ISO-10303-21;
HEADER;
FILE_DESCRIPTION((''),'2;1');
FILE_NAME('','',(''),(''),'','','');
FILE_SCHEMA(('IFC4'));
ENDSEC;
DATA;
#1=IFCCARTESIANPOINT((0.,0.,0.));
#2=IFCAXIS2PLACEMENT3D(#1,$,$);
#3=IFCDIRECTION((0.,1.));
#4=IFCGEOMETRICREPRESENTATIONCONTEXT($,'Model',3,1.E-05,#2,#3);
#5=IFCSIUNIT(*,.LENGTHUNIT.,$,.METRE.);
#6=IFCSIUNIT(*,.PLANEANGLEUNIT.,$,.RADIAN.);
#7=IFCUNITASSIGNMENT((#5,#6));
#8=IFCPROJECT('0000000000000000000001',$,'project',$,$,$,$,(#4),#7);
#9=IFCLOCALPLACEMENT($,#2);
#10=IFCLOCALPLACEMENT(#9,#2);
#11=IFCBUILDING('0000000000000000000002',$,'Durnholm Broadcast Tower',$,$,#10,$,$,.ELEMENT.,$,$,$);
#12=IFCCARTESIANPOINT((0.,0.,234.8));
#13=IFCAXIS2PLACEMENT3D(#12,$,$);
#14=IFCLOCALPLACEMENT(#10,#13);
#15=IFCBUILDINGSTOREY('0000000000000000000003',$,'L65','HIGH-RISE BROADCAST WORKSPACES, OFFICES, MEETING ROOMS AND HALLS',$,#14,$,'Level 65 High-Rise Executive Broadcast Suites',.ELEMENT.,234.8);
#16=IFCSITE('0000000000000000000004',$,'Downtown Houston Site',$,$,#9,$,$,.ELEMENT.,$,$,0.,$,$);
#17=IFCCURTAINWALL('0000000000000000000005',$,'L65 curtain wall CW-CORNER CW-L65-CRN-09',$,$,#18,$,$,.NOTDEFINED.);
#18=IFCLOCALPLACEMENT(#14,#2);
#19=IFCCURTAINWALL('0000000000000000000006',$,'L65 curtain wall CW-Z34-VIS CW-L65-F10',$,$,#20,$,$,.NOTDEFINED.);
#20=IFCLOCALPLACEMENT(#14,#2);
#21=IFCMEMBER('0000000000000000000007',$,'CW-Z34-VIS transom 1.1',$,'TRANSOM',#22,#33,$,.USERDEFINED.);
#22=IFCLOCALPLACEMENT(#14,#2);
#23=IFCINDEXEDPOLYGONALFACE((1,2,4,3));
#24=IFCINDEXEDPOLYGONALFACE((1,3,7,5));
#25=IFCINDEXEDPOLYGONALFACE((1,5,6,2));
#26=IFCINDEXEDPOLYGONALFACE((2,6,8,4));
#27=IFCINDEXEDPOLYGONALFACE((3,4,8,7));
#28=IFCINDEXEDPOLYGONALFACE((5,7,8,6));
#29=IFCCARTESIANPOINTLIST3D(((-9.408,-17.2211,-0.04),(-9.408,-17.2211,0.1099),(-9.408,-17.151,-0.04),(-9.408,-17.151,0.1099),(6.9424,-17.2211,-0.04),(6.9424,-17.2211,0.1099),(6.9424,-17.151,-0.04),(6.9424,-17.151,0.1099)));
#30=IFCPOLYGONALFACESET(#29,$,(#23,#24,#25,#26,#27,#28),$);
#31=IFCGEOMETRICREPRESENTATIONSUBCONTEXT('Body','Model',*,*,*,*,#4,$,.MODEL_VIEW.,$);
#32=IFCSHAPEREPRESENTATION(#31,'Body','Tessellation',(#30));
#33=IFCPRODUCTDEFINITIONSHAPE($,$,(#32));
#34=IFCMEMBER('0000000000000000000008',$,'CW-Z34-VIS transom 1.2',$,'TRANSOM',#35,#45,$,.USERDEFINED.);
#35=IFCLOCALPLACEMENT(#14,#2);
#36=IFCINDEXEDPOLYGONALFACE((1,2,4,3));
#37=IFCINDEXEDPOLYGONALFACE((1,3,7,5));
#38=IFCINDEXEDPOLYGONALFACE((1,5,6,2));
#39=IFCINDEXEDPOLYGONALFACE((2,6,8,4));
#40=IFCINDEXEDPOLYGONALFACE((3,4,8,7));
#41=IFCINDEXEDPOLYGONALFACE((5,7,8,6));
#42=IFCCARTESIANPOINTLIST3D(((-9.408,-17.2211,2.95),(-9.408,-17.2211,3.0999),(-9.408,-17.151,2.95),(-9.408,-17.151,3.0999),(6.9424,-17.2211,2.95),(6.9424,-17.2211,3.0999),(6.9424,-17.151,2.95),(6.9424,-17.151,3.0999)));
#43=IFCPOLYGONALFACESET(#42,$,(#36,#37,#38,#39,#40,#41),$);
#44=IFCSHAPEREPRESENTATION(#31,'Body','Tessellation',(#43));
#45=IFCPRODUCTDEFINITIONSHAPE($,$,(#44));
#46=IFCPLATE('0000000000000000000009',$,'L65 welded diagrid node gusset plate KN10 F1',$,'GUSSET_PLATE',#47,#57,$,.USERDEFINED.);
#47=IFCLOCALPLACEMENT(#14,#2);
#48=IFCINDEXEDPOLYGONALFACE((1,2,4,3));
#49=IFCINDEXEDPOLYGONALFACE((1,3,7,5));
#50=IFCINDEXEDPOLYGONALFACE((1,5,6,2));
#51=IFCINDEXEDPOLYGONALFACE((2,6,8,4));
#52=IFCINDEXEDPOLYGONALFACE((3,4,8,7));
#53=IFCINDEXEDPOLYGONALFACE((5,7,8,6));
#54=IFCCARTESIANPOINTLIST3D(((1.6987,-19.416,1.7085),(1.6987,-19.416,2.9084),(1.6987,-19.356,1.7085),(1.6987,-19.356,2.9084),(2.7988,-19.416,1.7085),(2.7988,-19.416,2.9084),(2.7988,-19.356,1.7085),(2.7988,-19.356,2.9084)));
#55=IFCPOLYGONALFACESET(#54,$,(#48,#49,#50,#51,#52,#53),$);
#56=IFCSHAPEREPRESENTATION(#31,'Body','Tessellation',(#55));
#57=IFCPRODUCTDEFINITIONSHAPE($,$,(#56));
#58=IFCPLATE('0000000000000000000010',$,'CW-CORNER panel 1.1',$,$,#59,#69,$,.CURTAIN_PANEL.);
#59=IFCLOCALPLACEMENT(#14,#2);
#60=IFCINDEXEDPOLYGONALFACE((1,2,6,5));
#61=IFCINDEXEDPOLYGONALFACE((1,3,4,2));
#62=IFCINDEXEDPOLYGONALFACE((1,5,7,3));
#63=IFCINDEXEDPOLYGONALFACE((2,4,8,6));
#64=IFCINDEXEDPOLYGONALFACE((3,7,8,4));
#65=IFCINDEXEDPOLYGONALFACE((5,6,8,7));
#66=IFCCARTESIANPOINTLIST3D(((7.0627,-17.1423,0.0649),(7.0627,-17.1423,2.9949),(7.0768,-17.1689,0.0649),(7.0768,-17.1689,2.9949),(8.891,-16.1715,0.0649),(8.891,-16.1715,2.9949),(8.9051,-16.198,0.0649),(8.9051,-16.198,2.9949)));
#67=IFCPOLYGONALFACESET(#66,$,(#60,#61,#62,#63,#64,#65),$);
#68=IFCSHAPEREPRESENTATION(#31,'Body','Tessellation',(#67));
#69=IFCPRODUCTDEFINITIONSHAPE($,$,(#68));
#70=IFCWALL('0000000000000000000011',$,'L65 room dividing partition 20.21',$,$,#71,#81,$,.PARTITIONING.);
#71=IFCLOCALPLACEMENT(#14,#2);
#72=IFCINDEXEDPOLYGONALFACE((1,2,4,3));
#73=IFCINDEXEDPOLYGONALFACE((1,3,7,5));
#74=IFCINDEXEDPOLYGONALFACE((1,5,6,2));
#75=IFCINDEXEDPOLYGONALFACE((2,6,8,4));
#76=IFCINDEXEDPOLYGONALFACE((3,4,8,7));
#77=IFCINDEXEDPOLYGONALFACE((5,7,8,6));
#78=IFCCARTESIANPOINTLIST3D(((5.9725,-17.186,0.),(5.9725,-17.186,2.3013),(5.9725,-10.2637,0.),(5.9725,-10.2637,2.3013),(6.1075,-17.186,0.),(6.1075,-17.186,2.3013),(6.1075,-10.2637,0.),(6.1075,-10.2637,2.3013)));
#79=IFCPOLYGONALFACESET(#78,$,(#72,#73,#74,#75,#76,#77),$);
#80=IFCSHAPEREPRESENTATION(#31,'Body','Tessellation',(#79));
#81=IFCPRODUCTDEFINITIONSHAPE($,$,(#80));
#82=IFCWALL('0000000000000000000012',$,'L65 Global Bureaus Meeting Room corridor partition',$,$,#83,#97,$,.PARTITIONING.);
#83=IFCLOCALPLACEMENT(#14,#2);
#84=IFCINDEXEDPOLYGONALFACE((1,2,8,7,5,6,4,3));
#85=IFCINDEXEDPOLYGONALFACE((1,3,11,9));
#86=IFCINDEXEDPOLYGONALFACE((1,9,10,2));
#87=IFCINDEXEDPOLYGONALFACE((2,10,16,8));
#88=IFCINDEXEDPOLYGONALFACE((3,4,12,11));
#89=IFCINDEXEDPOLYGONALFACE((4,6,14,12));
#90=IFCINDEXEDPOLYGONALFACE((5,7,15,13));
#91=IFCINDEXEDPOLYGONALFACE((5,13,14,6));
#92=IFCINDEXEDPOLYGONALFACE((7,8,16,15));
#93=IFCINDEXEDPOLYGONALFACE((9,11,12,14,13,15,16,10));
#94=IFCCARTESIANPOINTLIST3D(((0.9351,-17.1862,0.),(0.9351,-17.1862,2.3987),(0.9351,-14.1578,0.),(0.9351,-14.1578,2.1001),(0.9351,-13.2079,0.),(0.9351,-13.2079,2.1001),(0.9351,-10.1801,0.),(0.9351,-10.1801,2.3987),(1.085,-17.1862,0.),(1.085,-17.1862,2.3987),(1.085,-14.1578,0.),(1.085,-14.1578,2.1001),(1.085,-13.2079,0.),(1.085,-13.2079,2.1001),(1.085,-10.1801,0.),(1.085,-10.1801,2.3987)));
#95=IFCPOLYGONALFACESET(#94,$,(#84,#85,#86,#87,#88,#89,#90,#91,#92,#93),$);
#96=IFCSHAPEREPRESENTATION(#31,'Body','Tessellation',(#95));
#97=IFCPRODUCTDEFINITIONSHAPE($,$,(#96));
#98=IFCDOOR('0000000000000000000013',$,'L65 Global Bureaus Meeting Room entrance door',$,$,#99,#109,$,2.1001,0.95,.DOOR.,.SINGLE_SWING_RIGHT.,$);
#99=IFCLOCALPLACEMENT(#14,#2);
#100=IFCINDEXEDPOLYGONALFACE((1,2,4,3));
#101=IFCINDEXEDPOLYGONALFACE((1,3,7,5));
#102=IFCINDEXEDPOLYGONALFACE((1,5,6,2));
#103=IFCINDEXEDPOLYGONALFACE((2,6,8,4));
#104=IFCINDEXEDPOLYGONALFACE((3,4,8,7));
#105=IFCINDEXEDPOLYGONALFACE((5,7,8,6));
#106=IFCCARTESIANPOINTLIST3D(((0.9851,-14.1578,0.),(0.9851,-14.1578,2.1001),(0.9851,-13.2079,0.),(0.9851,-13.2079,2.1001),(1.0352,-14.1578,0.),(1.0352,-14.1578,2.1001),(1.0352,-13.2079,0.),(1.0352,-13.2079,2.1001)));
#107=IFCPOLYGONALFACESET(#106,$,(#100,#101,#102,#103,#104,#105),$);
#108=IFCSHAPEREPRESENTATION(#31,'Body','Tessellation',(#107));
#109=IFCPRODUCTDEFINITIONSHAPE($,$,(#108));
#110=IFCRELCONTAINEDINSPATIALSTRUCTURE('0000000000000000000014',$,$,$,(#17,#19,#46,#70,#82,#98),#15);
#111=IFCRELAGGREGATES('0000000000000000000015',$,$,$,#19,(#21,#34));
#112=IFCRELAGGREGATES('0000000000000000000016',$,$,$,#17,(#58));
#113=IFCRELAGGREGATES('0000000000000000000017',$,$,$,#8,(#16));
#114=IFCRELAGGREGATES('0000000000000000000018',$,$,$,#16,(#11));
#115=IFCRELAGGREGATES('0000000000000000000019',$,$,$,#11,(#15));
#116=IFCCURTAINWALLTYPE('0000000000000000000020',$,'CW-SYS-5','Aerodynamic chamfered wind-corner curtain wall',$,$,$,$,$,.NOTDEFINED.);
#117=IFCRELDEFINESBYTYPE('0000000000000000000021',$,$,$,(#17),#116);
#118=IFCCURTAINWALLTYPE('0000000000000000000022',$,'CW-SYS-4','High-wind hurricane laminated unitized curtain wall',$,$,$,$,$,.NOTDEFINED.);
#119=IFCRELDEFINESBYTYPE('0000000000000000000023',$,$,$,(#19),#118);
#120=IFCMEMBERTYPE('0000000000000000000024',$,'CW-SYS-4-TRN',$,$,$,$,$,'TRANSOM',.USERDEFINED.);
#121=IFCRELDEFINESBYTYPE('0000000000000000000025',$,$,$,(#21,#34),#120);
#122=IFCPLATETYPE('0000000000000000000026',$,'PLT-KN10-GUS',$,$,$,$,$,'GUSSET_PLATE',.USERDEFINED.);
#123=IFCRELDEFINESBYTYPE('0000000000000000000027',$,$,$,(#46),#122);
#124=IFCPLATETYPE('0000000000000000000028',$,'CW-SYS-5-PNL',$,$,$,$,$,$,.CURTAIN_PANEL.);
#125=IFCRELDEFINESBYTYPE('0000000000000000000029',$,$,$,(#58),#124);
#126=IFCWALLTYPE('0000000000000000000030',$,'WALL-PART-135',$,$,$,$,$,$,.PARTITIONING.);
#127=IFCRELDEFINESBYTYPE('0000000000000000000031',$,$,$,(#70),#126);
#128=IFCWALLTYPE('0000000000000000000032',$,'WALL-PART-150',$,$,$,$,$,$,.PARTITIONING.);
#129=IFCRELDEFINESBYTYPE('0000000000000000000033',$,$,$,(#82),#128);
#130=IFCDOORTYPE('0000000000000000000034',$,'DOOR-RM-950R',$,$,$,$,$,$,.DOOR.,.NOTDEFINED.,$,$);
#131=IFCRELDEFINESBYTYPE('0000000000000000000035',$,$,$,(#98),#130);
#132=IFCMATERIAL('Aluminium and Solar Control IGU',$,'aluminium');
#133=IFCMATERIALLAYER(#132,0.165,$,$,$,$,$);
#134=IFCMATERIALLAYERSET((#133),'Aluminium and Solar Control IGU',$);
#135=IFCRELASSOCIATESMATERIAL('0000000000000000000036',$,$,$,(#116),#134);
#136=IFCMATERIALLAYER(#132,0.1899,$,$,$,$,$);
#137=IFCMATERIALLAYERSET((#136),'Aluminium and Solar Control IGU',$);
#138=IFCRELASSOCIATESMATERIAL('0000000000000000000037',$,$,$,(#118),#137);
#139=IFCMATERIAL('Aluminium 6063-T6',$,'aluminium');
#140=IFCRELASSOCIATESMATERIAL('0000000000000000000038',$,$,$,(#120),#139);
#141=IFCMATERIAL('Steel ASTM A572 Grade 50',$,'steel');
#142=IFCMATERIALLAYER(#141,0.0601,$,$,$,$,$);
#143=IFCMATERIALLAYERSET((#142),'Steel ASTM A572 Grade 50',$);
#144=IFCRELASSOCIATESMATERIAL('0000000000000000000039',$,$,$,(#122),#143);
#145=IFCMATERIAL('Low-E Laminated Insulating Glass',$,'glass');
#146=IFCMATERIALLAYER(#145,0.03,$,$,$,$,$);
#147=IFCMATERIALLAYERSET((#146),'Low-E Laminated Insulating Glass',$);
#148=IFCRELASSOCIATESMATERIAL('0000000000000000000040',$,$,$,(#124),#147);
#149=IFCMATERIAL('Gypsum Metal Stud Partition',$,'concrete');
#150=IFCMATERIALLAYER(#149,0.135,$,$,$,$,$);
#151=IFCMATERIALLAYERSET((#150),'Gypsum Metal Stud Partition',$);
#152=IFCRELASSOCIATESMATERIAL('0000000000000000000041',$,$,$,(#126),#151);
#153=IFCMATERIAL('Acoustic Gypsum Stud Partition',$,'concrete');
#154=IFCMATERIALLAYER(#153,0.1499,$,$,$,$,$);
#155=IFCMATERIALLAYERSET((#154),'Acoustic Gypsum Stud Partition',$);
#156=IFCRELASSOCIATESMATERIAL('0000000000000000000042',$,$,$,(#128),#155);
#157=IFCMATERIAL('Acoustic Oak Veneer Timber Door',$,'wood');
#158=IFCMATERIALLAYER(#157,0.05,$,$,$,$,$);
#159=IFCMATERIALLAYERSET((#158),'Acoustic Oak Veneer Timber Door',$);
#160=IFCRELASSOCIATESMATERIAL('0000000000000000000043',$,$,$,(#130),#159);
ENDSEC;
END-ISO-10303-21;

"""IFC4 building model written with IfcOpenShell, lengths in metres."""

from ifc_helpers import new_model, si_unit, direction, frame, frame_2d, origin, origin_2d, place, context, subcontext, project, spatial, rectangle, extrude, source, transform, mapped, material, layer, layer_set, material_profile, profile_set, type_object, type_shapes, element, fill, aggregate, save


model = new_model("IFC4")

# Units and contexts
model_context = context("Model", 3, precision=1e-05, world=origin(), true_north=direction((0.0, 1.0)))
body_context = subcontext(model_context, "Body", "Model", "MODEL_VIEW")
ifc_project = project(units=[si_unit("LENGTHUNIT", "METRE"), si_unit("PLANEANGLEUNIT", "RADIAN")], contexts=[model_context])

# Site, building, storey
site_placement = place(None, origin())
site = spatial("IfcSite", under=ifc_project, at=site_placement, Name="Downtown Houston Site", CompositionType="ELEMENT", RefElevation=0.0)
building_placement = place(site_placement, origin())
building = spatial("IfcBuilding", under=site, at=building_placement, Name="Durnholm Broadcast Tower", CompositionType="ELEMENT")
storey_placement = place(building_placement, frame((0.0, 0.0, 234.8)))
storey = spatial("IfcBuildingStorey", under=building, at=storey_placement, Name="L65", Description="HIGH-RISE BROADCAST WORKSPACES, OFFICES, MEETING ROOMS AND HALLS", LongName="Level 65 High-Rise Executive Broadcast Suites", CompositionType="ELEMENT", Elevation=234.8)

# Curtain wall
ifc_material_1 = material(Name="Aluminium and Solar Control IGU", Category="aluminium")
ifc_layer_1 = layer(ifc_material_1, 0.165)
ifc_layer_set_1 = layer_set([ifc_layer_1], Name="Aluminium and Solar Control IGU")
curtain_wall_type_1 = type_object("IfcCurtainWallType", Name="CW-SYS-5", Description="Aerodynamic chamfered wind-corner curtain wall", PredefinedType="NOTDEFINED", material=ifc_layer_set_1)
curtain_wall_1_placement = place(storey_placement, origin())
curtain_wall_1 = element("IfcCurtainWall", 1, at=curtain_wall_1_placement, inside=storey, type_object=curtain_wall_type_1, Name="L65 curtain wall CW-CORNER CW-L65-CRN-09", PredefinedType="NOTDEFINED")
ifc_material_2 = material(Name="Aluminium 6063-T6", Category="aluminium")

# Curtain wall, members
ifc_layer_2 = layer(ifc_material_1, 0.1899)
ifc_layer_set_2 = layer_set([ifc_layer_2], Name="Aluminium and Solar Control IGU")
curtain_wall_type_2 = type_object("IfcCurtainWallType", Name="CW-SYS-4", Description="High-wind hurricane laminated unitized curtain wall", PredefinedType="NOTDEFINED", material=ifc_layer_set_2)
curtain_wall_2_placement = place(storey_placement, origin())
curtain_wall_2 = element("IfcCurtainWall", 2, at=curtain_wall_2_placement, inside=storey, type_object=curtain_wall_type_2, Name="L65 curtain wall CW-Z34-VIS CW-L65-F10", PredefinedType="NOTDEFINED")
ifc_material_profile_1 = material_profile(ifc_material_2, rectangle(XDim=0.0701, YDim=0.1499, at=origin_2d()), Name="CWT70X150")
ifc_profile_set_1 = profile_set([ifc_material_profile_1], Name="Aluminium 6063-T6")
member_type_1 = type_object("IfcMemberType", Name="CW-SYS-4-TRN", ElementType="TRANSOM", PredefinedType="USERDEFINED", material=ifc_profile_set_1)
shared_shape_1 = source(origin(), body_context, "Body", "SweptSolid", [
    extrude(rectangle(XDim=0.0701, YDim=0.1499, at=origin_2d()), origin(), (0.0, 0.0, 1.0), 16.3503),
])
type_shapes(member_type_1, [shared_shape_1])
member_1_placement = place(storey_placement, frame((6.9424, -17.186, 0.0349), z_axis=(-1.0, 0.0, 0.0), x_axis=(0.0, -1.0, 0.0)))
member_1 = element("IfcMember", 3, at=member_1_placement, type_object=member_type_1, Name="CW-Z34-VIS transom 1.1", ObjectType="TRANSOM", PredefinedType="USERDEFINED", context=body_context, shape_type="MappedRepresentation", body=[
    mapped(shared_shape_1, transform((0.0, 0.0, 0.0), x_axis=(1.0, 0.0, 0.0), y_axis=(0.0, 1.0, 0.0), z_axis=(0.0, 0.0, 1.0), scale=1.0)),
])
member_2_placement = place(storey_placement, frame((6.9424, -17.186, 3.0249), z_axis=(-1.0, 0.0, 0.0), x_axis=(0.0, -1.0, 0.0)))
member_2 = element("IfcMember", 4, at=member_2_placement, type_object=member_type_1, Name="CW-Z34-VIS transom 1.2", ObjectType="TRANSOM", PredefinedType="USERDEFINED", context=body_context, shape_type="MappedRepresentation", body=[
    mapped(shared_shape_1, transform((0.0, 0.0, 0.0), x_axis=(1.0, 0.0, 0.0), y_axis=(0.0, 1.0, 0.0), z_axis=(0.0, 0.0, 1.0), scale=1.0)),
])
aggregate(curtain_wall_2, [member_1, member_2])

# Plates
ifc_material_3 = material(Name="Steel ASTM A572 Grade 50", Category="steel")
ifc_layer_3 = layer(ifc_material_3, 0.0601)
ifc_layer_set_3 = layer_set([ifc_layer_3], Name="Steel ASTM A572 Grade 50")
plate_type_1 = type_object("IfcPlateType", Name="PLT-KN10-GUS", ElementType="GUSSET_PLATE", PredefinedType="USERDEFINED", material=ifc_layer_set_3)
shared_shape_2 = source(origin(), body_context, "Body", "SweptSolid", [
    extrude(rectangle(XDim=1.1001, YDim=0.0601, at=origin_2d()), origin(), (0.0, 0.0, 1.0), 1.2),
])
type_shapes(plate_type_1, [shared_shape_2])
plate_1_placement = place(storey_placement, frame((2.2488, -19.386, 1.7085), z_axis=(0.0, 0.0, 1.0), x_axis=(1.0, 0.0, 0.0)))
element("IfcPlate", 5, at=plate_1_placement, inside=storey, type_object=plate_type_1, Name="L65 welded diagrid node gusset plate KN10 F1", ObjectType="GUSSET_PLATE", PredefinedType="USERDEFINED", context=body_context, shape_type="MappedRepresentation", body=[
    mapped(shared_shape_2, transform((0.0, 0.0, 0.0), x_axis=(1.0, 0.0, 0.0), y_axis=(0.0, 1.0, 0.0), z_axis=(0.0, 0.0, 1.0), scale=1.0)),
])
ifc_material_4 = material(Name="Low-E Laminated Insulating Glass", Category="glass")
ifc_layer_4 = layer(ifc_material_4, 0.03)
ifc_layer_set_4 = layer_set([ifc_layer_4], Name="Low-E Laminated Insulating Glass")
plate_type_2 = type_object("IfcPlateType", Name="CW-SYS-5-PNL", PredefinedType="CURTAIN_PANEL", material=ifc_layer_set_4)
shared_shape_3 = source(origin(), body_context, "Body", "SweptSolid", [
    extrude(rectangle(XDim=2.0701, YDim=0.03, at=origin_2d()), origin(), (0.0, 0.0, 1.0), 2.9299),
])
type_shapes(plate_type_2, [shared_shape_3])
plate_2_placement = place(storey_placement, frame((7.9839, -16.6702, 0.0649), z_axis=(0.0, 0.0, 1.0), x_axis=(-0.883195, -0.469007, 0.0)))
plate_2 = element("IfcPlate", 6, at=plate_2_placement, type_object=plate_type_2, Name="CW-CORNER panel 1.1", PredefinedType="CURTAIN_PANEL", context=body_context, shape_type="MappedRepresentation", body=[
    mapped(shared_shape_3, transform((0.0, 0.0, 0.0), x_axis=(1.0, 0.0, 0.0), y_axis=(0.0, 1.0, 0.0), z_axis=(0.0, 0.0, 1.0), scale=1.0)),
])
aggregate(curtain_wall_1, [plate_2])

# Wall
ifc_material_5 = material(Name="Gypsum Metal Stud Partition", Category="concrete")
ifc_layer_5 = layer(ifc_material_5, 0.135)
ifc_layer_set_5 = layer_set([ifc_layer_5], Name="Gypsum Metal Stud Partition")
wall_type_1 = type_object("IfcWallType", Name="WALL-PART-135", PredefinedType="PARTITIONING", material=ifc_layer_set_5)
wall_1_placement = place(storey_placement, frame((6.04, -10.2637, 0.0), z_axis=(0.0, 0.0, 1.0), x_axis=(0.0, -1.0, 0.0)))
element("IfcWall", 7, at=wall_1_placement, inside=storey, type_object=wall_type_1, Name="L65 room dividing partition 20.21", PredefinedType="PARTITIONING", context=body_context, shape_type="SweptSolid", body=[
    extrude(rectangle(XDim=6.9224, YDim=0.135, at=frame_2d((3.4612, 0.0))), origin(), (0.0, 0.0, 1.0), 2.3013),
])

# Wall, opening, door
ifc_material_6 = material(Name="Acoustic Gypsum Stud Partition", Category="concrete")
ifc_layer_6 = layer(ifc_material_6, 0.1499)
ifc_layer_set_6 = layer_set([ifc_layer_6], Name="Acoustic Gypsum Stud Partition")
wall_type_2 = type_object("IfcWallType", Name="WALL-PART-150", PredefinedType="PARTITIONING", material=ifc_layer_set_6)
wall_2_placement = place(storey_placement, frame((1.01, -17.186, 0.0), z_axis=(0.0, 0.0, 1.0), x_axis=(0.0, 1.0, 0.0)))
wall_2 = element("IfcWall", 8, at=wall_2_placement, inside=storey, type_object=wall_type_2, Name="L65 Global Bureaus Meeting Room corridor partition", PredefinedType="PARTITIONING", context=body_context, shape_type="SweptSolid", body=[
    extrude(rectangle(XDim=7.0061, YDim=0.1499, at=frame_2d((3.5029, 0.0))), origin(), (0.0, 0.0, 1.0), 2.3987),
])
opening_placement = place(wall_2_placement, frame((3.0281, 0.0, 0.0)))
opening = element("IfcOpeningElement", 9, at=opening_placement, cuts=wall_2, PredefinedType="OPENING", context=body_context, shape_type="SweptSolid", body=[
    extrude(rectangle(XDim=0.95, YDim=2.1001, at=frame_2d((0.4751, 1.05))), frame((0.0, 0.085, 0.0), z_axis=(0.0, -1.0, 0.0), x_axis=(1.0, 0.0, 0.0)), (0.0, 0.0, 1.0), 0.1699),
])
ifc_material_7 = material(Name="Acoustic Oak Veneer Timber Door", Category="wood")
ifc_layer_7 = layer(ifc_material_7, 0.05)
ifc_layer_set_7 = layer_set([ifc_layer_7], Name="Acoustic Oak Veneer Timber Door")
door_type = type_object("IfcDoorType", Name="DOOR-RM-950R", OperationType="NOTDEFINED", PredefinedType="DOOR", material=ifc_layer_set_7)
shared_shape_4 = source(origin(), body_context, "Body", "SweptSolid", [
    extrude(rectangle(XDim=0.95, YDim=2.1001, at=frame_2d((0.4751, 1.05))), frame((0.0, 0.0249, 0.0), z_axis=(0.0, -1.0, 0.0), x_axis=(1.0, 0.0, 0.0)), (0.0, 0.0, 1.0), 0.05),
])
type_shapes(door_type, [shared_shape_4])
door_placement = place(opening_placement, origin())
door = element("IfcDoor", 10, at=door_placement, inside=storey, type_object=door_type, Name="L65 Global Bureaus Meeting Room entrance door", OperationType="SINGLE_SWING_RIGHT", OverallHeight=2.1001, OverallWidth=0.95, PredefinedType="DOOR", context=body_context, shape_type="MappedRepresentation", body=[
    mapped(shared_shape_4, transform((0.0, 0.0, 0.0), x_axis=(1.0, 0.0, 0.0), y_axis=(0.0, 1.0, 0.0), z_axis=(0.0, 0.0, 1.0), scale=1.0)),
])
fill(opening, door)

save(model, "model.ifc")
